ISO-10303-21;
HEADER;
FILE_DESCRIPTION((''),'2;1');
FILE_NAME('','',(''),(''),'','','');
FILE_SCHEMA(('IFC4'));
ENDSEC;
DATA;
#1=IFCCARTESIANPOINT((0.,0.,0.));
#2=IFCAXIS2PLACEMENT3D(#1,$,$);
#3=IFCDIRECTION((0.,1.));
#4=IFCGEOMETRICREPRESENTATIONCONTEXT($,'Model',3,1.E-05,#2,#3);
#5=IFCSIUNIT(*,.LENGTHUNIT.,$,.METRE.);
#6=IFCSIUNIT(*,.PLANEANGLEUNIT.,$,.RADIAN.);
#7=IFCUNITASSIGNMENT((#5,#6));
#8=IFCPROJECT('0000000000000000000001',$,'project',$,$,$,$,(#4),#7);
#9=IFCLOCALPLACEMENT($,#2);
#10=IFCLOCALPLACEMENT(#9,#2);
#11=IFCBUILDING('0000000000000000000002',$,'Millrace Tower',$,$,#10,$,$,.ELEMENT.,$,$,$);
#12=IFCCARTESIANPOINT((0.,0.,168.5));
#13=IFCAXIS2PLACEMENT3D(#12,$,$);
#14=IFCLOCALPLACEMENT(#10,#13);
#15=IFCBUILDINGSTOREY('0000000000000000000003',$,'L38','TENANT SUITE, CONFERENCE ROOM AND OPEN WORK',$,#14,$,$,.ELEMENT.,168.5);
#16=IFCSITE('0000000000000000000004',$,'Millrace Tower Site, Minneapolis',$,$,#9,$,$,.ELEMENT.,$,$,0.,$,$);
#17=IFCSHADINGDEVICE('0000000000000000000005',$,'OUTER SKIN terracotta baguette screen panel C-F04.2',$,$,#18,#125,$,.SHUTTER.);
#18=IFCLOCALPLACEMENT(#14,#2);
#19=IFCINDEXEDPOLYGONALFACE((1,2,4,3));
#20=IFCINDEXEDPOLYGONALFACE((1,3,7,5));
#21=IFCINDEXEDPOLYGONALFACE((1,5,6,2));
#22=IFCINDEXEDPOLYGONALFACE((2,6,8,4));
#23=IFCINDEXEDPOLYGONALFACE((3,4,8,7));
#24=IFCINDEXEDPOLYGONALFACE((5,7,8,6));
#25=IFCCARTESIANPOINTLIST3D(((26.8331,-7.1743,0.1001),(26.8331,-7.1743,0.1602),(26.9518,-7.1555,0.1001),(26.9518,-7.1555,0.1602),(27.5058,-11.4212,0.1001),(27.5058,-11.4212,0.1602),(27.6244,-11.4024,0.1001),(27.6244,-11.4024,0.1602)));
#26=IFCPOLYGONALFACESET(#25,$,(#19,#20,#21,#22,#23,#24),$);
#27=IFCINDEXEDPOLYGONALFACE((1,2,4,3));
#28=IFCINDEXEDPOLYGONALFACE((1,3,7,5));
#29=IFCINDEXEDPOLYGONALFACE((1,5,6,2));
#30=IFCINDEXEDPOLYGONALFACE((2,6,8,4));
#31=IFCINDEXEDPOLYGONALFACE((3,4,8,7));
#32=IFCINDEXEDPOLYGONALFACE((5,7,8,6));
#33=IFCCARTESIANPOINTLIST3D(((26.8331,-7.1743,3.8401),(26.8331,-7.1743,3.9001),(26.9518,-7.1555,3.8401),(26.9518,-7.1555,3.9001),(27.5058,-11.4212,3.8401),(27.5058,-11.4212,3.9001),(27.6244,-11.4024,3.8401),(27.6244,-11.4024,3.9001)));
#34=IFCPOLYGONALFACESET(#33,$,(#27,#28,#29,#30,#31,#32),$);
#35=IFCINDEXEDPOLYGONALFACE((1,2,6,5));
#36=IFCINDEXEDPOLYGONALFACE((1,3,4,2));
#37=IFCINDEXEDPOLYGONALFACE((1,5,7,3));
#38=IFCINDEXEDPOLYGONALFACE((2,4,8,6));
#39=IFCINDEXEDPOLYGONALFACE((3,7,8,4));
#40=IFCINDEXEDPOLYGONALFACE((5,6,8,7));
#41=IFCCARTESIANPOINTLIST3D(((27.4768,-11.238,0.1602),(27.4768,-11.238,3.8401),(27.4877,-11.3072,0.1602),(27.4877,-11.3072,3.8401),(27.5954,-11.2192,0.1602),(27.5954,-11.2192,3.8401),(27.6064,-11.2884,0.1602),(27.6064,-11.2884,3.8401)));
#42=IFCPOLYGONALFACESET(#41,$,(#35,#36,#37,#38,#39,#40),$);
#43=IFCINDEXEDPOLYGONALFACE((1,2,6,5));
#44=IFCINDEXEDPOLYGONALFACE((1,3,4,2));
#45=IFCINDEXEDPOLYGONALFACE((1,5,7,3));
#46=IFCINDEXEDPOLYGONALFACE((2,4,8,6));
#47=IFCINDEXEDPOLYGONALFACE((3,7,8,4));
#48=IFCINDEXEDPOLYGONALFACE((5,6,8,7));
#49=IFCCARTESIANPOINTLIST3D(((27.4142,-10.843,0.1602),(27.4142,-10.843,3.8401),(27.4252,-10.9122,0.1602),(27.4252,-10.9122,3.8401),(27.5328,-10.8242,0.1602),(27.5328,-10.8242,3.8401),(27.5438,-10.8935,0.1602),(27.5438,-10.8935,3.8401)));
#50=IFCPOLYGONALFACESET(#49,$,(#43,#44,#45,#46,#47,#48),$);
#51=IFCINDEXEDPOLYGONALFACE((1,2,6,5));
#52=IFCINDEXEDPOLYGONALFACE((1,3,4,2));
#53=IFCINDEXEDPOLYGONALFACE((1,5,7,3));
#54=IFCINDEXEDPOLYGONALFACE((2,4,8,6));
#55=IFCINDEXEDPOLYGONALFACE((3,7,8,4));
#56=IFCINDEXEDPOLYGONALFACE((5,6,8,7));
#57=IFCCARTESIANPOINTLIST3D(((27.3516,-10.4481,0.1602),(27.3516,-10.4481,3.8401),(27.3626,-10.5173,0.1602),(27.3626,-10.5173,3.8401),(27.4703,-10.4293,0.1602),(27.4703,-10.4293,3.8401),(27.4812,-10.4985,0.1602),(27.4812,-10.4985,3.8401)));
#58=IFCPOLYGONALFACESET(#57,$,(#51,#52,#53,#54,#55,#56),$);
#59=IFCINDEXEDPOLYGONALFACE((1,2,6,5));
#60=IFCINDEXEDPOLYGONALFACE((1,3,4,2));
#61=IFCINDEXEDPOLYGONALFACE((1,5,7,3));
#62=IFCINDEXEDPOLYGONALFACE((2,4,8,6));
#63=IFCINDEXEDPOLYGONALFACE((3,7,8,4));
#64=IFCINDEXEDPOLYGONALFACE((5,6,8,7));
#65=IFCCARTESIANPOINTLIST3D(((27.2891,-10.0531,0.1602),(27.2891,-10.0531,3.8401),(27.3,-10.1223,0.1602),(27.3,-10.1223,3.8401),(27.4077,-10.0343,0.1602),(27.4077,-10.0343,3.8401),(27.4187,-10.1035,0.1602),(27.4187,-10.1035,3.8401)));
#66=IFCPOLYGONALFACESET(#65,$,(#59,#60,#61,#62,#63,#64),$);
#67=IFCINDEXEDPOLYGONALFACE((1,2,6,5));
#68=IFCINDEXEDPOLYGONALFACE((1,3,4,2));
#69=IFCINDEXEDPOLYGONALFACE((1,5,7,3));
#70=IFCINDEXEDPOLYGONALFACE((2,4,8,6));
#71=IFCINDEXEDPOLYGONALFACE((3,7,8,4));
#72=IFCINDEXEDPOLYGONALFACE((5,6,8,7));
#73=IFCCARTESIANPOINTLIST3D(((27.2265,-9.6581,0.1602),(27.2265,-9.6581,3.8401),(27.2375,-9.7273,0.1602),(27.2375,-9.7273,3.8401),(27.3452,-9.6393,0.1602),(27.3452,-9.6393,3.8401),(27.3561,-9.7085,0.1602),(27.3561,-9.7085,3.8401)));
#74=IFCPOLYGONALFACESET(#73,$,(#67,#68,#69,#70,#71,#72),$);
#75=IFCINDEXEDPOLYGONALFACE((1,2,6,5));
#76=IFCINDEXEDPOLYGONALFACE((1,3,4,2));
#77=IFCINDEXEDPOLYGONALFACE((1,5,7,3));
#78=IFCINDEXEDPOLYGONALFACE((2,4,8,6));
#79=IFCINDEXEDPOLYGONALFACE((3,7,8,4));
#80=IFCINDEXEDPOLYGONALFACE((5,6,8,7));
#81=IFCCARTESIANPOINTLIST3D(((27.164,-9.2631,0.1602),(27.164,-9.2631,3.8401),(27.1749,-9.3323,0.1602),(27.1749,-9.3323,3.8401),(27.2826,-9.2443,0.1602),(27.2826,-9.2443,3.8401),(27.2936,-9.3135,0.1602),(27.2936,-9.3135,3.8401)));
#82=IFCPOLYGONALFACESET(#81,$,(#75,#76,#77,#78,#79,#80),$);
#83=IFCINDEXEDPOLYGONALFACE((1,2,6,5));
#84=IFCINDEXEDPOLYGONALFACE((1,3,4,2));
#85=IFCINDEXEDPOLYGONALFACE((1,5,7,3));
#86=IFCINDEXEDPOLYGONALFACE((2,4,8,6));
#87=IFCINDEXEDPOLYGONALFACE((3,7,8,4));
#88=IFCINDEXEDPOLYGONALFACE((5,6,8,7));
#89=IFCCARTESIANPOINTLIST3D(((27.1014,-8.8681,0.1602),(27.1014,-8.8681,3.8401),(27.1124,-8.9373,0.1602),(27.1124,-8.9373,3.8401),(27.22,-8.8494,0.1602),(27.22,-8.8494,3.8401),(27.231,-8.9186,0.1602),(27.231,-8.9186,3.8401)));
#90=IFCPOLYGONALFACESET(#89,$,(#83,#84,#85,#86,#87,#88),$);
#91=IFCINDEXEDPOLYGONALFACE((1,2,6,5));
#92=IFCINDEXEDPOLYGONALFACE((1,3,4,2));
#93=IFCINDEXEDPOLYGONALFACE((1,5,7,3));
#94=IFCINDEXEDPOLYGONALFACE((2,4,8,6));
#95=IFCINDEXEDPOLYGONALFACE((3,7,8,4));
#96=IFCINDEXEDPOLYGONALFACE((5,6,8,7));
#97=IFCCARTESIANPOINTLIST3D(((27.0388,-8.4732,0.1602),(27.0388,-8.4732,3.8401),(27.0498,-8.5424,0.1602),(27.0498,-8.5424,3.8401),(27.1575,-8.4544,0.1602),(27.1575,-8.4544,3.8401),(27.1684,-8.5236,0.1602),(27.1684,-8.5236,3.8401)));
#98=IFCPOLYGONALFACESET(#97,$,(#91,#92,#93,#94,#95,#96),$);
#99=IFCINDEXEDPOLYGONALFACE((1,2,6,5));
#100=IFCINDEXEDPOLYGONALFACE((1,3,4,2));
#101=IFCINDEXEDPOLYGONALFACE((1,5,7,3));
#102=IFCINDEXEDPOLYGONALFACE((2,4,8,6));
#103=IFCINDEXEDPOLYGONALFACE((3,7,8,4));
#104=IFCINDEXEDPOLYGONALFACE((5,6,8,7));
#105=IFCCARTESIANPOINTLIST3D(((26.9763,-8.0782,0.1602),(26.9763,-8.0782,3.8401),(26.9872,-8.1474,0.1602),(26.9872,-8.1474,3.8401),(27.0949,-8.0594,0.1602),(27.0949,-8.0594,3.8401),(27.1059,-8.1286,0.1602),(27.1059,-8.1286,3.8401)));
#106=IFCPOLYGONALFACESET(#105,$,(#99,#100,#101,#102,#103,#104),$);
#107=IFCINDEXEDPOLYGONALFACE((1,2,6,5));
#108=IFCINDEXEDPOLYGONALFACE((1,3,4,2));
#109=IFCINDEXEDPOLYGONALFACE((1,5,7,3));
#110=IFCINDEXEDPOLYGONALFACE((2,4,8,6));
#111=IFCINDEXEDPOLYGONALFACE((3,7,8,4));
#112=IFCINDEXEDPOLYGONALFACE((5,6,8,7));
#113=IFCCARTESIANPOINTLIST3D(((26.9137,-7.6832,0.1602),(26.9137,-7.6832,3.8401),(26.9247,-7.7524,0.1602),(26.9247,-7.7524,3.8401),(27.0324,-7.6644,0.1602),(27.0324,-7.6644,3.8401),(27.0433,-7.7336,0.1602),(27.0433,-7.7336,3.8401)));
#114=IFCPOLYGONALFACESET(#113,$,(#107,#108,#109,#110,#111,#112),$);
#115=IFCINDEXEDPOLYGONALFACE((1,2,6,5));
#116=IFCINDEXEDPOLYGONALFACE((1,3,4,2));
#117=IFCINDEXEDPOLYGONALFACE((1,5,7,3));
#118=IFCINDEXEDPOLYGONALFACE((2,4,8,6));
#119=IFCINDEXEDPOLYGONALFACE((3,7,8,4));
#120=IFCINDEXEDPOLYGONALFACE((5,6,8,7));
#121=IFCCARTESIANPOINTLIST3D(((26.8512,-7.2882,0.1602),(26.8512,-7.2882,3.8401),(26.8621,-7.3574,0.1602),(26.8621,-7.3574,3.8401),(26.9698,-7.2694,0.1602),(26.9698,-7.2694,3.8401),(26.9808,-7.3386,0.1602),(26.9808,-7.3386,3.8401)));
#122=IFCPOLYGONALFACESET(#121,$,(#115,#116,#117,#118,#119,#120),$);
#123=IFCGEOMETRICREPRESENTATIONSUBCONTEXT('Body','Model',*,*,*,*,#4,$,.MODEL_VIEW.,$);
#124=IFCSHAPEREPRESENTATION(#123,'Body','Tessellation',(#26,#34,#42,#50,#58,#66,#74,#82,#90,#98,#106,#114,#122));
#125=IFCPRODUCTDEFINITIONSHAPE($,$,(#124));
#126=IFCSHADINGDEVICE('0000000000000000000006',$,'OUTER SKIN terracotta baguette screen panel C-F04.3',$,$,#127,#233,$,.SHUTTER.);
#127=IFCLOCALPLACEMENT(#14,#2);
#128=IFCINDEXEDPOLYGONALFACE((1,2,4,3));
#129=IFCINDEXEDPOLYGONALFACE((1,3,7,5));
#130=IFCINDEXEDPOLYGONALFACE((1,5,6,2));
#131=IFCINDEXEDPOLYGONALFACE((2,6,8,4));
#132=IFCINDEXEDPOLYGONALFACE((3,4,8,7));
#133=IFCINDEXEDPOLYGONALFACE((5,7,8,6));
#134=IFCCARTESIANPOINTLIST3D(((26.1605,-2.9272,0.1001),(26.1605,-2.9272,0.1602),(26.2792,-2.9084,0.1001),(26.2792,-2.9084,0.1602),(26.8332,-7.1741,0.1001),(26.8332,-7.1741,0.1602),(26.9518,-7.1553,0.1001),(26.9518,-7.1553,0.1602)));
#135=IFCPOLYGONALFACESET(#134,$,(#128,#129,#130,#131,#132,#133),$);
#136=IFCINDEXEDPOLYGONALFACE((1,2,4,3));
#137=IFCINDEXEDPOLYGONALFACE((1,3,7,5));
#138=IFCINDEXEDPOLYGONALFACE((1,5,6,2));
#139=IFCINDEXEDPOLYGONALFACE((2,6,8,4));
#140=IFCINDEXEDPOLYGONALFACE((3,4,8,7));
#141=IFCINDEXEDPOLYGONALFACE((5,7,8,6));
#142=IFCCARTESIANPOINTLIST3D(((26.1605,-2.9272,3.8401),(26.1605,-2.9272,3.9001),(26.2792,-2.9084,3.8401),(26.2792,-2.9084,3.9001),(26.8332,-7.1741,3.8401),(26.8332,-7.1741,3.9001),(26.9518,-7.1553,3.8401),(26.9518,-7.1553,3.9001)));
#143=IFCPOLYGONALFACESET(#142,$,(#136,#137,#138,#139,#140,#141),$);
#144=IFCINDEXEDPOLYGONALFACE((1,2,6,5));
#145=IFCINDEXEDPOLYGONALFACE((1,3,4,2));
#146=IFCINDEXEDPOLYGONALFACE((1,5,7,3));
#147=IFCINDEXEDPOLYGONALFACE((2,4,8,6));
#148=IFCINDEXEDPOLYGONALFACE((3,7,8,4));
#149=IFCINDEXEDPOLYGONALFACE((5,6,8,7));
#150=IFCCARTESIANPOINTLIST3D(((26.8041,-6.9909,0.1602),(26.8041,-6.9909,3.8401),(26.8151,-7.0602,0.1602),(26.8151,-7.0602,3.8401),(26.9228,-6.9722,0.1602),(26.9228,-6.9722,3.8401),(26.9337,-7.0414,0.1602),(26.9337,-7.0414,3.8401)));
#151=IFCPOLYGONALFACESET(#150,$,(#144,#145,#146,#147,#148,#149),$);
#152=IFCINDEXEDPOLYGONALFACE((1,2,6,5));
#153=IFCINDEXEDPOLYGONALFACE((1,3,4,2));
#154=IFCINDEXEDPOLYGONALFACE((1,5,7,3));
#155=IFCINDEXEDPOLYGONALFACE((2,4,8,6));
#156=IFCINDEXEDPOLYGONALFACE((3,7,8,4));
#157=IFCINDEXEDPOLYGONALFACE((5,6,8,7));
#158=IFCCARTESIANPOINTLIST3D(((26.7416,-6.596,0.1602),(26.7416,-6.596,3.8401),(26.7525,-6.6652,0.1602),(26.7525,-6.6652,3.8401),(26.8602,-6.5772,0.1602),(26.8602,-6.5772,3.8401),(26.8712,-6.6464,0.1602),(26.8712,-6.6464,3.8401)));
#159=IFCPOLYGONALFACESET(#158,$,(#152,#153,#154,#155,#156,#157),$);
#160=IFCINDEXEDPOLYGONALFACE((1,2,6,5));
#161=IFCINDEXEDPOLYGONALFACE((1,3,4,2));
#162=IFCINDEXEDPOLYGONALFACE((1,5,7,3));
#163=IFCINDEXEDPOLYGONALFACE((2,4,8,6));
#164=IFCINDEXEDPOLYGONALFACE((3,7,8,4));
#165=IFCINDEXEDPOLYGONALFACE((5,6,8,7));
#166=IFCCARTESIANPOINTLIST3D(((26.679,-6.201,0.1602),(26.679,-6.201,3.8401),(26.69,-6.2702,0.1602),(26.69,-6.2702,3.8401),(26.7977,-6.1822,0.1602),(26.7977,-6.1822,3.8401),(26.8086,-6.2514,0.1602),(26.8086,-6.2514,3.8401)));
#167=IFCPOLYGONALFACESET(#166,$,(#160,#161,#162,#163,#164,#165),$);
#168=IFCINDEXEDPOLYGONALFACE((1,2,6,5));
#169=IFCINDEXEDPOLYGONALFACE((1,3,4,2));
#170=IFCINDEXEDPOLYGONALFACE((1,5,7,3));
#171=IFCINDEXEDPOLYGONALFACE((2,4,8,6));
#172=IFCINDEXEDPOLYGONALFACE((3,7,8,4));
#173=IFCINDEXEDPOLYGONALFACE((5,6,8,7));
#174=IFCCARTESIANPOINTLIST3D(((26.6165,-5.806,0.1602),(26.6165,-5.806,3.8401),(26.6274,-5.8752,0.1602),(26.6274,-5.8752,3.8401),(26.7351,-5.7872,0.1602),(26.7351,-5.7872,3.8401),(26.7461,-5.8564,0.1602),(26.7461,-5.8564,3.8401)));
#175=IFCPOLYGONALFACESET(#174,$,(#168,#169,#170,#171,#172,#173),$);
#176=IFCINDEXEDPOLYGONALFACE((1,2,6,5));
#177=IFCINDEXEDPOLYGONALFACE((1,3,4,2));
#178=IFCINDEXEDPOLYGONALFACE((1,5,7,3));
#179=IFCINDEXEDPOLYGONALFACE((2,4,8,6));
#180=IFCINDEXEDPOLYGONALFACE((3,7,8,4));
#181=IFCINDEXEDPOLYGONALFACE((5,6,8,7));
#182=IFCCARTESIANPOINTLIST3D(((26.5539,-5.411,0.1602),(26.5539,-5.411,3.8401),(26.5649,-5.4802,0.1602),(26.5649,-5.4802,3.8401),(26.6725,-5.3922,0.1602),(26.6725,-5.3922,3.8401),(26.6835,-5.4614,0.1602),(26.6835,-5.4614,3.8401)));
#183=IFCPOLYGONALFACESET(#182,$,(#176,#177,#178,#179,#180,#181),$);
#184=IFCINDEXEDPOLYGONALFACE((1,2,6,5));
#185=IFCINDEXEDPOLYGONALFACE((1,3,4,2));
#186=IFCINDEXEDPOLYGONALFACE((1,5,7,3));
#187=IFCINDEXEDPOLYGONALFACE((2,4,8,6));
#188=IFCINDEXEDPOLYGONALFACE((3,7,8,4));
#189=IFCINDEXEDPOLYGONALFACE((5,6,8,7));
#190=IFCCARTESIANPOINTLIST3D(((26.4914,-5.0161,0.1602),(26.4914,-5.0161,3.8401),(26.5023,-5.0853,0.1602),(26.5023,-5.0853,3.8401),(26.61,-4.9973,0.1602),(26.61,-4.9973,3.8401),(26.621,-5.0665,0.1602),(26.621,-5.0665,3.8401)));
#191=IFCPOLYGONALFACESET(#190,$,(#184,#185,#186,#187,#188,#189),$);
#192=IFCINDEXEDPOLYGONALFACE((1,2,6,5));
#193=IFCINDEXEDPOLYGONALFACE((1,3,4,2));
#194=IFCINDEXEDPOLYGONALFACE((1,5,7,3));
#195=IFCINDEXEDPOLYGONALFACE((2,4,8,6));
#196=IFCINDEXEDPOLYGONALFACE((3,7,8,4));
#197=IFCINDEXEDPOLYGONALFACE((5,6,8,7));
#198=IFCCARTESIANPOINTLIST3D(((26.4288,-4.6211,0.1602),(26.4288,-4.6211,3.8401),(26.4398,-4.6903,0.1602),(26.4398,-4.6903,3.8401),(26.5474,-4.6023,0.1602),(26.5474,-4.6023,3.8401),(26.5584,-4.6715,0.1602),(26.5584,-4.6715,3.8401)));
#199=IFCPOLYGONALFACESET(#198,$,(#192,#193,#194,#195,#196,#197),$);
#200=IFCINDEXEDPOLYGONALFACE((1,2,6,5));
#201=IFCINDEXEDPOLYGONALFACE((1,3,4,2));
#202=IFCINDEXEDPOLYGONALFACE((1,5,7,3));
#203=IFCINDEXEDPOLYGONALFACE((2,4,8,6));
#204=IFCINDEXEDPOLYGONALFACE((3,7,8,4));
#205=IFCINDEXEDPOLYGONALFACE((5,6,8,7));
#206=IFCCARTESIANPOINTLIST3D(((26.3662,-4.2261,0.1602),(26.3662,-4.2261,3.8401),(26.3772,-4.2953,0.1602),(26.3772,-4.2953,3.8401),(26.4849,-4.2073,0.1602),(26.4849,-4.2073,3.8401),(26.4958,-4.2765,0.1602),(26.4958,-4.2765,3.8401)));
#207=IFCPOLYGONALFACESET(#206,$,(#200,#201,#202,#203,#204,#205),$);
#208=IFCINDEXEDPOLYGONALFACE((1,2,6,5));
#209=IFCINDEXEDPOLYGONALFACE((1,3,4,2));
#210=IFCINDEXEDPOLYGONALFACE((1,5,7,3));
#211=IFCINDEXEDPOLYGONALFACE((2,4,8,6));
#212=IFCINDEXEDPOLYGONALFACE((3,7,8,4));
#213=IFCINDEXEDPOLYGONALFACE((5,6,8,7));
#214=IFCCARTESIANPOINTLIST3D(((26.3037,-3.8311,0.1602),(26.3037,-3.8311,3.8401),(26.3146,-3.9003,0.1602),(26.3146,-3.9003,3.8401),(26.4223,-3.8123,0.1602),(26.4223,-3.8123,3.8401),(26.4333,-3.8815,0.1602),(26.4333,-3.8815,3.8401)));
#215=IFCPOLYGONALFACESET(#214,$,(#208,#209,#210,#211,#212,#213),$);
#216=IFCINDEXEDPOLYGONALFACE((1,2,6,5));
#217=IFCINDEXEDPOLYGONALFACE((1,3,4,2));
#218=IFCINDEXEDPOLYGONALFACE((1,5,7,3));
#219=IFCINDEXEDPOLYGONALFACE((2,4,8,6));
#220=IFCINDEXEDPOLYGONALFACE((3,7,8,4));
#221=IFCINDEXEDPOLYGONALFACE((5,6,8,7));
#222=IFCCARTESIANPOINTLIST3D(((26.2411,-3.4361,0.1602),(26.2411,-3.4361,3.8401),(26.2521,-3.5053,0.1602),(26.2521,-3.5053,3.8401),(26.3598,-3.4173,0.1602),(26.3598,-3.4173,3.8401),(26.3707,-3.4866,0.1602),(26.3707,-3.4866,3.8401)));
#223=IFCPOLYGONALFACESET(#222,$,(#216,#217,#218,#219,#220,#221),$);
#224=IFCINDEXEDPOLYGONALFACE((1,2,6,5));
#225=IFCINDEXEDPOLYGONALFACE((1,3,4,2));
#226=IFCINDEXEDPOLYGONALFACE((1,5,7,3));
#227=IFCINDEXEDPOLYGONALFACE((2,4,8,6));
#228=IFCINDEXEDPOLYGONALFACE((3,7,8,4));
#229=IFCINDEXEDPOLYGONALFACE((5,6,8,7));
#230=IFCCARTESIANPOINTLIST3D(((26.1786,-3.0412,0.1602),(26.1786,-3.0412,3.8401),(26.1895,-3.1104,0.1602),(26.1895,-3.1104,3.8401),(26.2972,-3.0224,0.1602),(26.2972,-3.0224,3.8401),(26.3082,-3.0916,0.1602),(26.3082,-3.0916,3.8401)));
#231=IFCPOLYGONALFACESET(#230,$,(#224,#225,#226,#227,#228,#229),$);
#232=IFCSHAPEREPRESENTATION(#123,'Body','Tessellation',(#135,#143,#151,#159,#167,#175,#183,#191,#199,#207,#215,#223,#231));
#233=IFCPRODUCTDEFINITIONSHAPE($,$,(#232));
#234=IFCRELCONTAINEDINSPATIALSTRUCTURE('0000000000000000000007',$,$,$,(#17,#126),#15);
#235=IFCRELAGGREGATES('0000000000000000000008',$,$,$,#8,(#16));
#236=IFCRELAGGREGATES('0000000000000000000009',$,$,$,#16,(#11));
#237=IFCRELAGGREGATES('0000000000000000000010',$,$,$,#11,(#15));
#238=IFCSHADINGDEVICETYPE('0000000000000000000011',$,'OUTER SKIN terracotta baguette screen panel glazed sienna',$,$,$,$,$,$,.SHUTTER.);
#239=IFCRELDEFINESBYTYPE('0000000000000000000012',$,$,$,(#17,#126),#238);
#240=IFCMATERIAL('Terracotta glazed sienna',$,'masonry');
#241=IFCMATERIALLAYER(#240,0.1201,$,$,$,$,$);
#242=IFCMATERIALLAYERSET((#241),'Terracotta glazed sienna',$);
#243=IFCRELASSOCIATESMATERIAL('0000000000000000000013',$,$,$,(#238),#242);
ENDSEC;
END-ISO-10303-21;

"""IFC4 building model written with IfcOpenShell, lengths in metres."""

from ifc_helpers import new_model, entity, si_unit, direction, frame, frame_2d, origin, origin_2d, place, context, subcontext, project, spatial, rectangle, extrude, source, transform, mapped, material, layer, layer_set, type_object, element, save


model = new_model("IFC4")

# Units and contexts
model_context = context("Model", 3, precision=1e-05, world=origin(), true_north=direction((0.0, 1.0)))
body_context = subcontext(model_context, "Body", "Model", "MODEL_VIEW")
ifc_project = project(units=[si_unit("LENGTHUNIT", "METRE"), si_unit("PLANEANGLEUNIT", "RADIAN")], contexts=[model_context])

# Site, building, storey
site_placement = place(None, origin())
site = spatial("IfcSite", under=ifc_project, at=site_placement, Name="Millrace Tower Site, Minneapolis", CompositionType="ELEMENT", RefElevation=0.0)
building_placement = place(site_placement, origin())
building = spatial("IfcBuilding", under=site, at=building_placement, Name="Millrace Tower", CompositionType="ELEMENT")
storey_placement = place(building_placement, frame((0.0, 0.0, 168.5)))
storey = spatial("IfcBuildingStorey", under=building, at=storey_placement, Name="L38", Description="TENANT SUITE, CONFERENCE ROOM AND OPEN WORK", CompositionType="ELEMENT", Elevation=168.5)

# Shading devices
ifc_material_1 = material(Name="Terracotta glazed sienna", Category="masonry")
ifc_layer_1 = layer(ifc_material_1, 0.1201)
ifc_layer_set_1 = layer_set([ifc_layer_1], Name="Terracotta glazed sienna")
shading_device_type = type_object("IfcShadingDeviceType", Name="OUTER SKIN terracotta baguette screen panel glazed sienna", PredefinedType="SHUTTER", material=ifc_layer_set_1)
cartesian_point_1 = entity("IfcCartesianPoint", [-2.1499, 0.0601])
shared_polyline_1 = entity("IfcPolyline", [cartesian_point_1, entity("IfcCartesianPoint", [2.1499, 0.0601]), entity("IfcCartesianPoint", [2.1499, -0.0601]), entity("IfcCartesianPoint", [-2.1499, -0.0601]), cartesian_point_1])
shared_shape_1 = source(origin(), body_context, "Body", "SweptSolid", [
    entity("IfcExtrudedAreaSolid", entity("IfcArbitraryClosedProfileDef", "AREA", None, shared_polyline_1), entity("IfcAxis2Placement3D", entity("IfcCartesianPoint", [0.0, 0.0, 0.0])), entity("IfcDirection", [0.0, 0.0, 1.0]), 0.0601),
    entity("IfcExtrudedAreaSolid", entity("IfcArbitraryClosedProfileDef", "AREA", None, shared_polyline_1), entity("IfcAxis2Placement3D", entity("IfcCartesianPoint", [0.0, 0.0, 3.74])), entity("IfcDirection", [0.0, 0.0, 1.0]), 0.0601),
    extrude(rectangle(XDim=0.0701, YDim=0.1201, at=frame_2d((-1.9995, 0.0))), frame((0.0, 0.0, 0.0601)), (0.0, 0.0, 1.0), 3.6799),
    extrude(rectangle(XDim=0.0701, YDim=0.1201, at=frame_2d((-1.5996, 0.0))), frame((0.0, 0.0, 0.0601)), (0.0, 0.0, 1.0), 3.6799),
    extrude(rectangle(XDim=0.0701, YDim=0.1201, at=frame_2d((-1.1997, 0.0))), frame((0.0, 0.0, 0.0601)), (0.0, 0.0, 1.0), 3.6799),
    extrude(rectangle(XDim=0.0701, YDim=0.1201, at=frame_2d((-0.7998, 0.0))), frame((0.0, 0.0, 0.0601)), (0.0, 0.0, 1.0), 3.6799),
    extrude(rectangle(XDim=0.0701, YDim=0.1201, at=frame_2d((-0.3999, 0.0))), frame((0.0, 0.0, 0.0601)), (0.0, 0.0, 1.0), 3.6799),
    extrude(rectangle(XDim=0.0701, YDim=0.1201, at=origin_2d()), frame((0.0, 0.0, 0.0601)), (0.0, 0.0, 1.0), 3.6799),
    extrude(rectangle(XDim=0.0701, YDim=0.1201, at=frame_2d((0.3999, 0.0))), frame((0.0, 0.0, 0.0601)), (0.0, 0.0, 1.0), 3.6799),
    extrude(rectangle(XDim=0.0701, YDim=0.1201, at=frame_2d((0.7998, 0.0))), frame((0.0, 0.0, 0.0601)), (0.0, 0.0, 1.0), 3.6799),
    extrude(rectangle(XDim=0.0701, YDim=0.1201, at=frame_2d((1.1997, 0.0))), frame((0.0, 0.0, 0.0601)), (0.0, 0.0, 1.0), 3.6799),
    extrude(rectangle(XDim=0.0701, YDim=0.1201, at=frame_2d((1.5996, 0.0))), frame((0.0, 0.0, 0.0601)), (0.0, 0.0, 1.0), 3.6799),
    extrude(rectangle(XDim=0.0701, YDim=0.1201, at=frame_2d((1.9995, 0.0))), frame((0.0, 0.0, 0.0601)), (0.0, 0.0, 1.0), 3.6799),
])
for number, where, z_axis, x_axis, name in (
    (1, (27.2288, -9.2883, 0.1001), (0.0, 0.0, 1.0), (-0.156434, 0.987688, 0.0), "OUTER SKIN terracotta baguette screen panel C-F04.2"),
    (2, (26.5562, -5.0413, 0.1001), (0.0, 0.0, 1.0), (-0.156434, 0.987688, 0.0), "OUTER SKIN terracotta baguette screen panel C-F04.3"),
):
    element("IfcShadingDevice", number, at=place(storey_placement, frame(where, z_axis=z_axis, x_axis=x_axis)), inside=storey, type_object=shading_device_type, Name=name, PredefinedType="SHUTTER", context=body_context, shape_type="MappedRepresentation", body=[
        mapped(shared_shape_1, transform((0.0, 0.0, 0.0), scale=1.0)),
    ])

save(model, "model.ifc")
